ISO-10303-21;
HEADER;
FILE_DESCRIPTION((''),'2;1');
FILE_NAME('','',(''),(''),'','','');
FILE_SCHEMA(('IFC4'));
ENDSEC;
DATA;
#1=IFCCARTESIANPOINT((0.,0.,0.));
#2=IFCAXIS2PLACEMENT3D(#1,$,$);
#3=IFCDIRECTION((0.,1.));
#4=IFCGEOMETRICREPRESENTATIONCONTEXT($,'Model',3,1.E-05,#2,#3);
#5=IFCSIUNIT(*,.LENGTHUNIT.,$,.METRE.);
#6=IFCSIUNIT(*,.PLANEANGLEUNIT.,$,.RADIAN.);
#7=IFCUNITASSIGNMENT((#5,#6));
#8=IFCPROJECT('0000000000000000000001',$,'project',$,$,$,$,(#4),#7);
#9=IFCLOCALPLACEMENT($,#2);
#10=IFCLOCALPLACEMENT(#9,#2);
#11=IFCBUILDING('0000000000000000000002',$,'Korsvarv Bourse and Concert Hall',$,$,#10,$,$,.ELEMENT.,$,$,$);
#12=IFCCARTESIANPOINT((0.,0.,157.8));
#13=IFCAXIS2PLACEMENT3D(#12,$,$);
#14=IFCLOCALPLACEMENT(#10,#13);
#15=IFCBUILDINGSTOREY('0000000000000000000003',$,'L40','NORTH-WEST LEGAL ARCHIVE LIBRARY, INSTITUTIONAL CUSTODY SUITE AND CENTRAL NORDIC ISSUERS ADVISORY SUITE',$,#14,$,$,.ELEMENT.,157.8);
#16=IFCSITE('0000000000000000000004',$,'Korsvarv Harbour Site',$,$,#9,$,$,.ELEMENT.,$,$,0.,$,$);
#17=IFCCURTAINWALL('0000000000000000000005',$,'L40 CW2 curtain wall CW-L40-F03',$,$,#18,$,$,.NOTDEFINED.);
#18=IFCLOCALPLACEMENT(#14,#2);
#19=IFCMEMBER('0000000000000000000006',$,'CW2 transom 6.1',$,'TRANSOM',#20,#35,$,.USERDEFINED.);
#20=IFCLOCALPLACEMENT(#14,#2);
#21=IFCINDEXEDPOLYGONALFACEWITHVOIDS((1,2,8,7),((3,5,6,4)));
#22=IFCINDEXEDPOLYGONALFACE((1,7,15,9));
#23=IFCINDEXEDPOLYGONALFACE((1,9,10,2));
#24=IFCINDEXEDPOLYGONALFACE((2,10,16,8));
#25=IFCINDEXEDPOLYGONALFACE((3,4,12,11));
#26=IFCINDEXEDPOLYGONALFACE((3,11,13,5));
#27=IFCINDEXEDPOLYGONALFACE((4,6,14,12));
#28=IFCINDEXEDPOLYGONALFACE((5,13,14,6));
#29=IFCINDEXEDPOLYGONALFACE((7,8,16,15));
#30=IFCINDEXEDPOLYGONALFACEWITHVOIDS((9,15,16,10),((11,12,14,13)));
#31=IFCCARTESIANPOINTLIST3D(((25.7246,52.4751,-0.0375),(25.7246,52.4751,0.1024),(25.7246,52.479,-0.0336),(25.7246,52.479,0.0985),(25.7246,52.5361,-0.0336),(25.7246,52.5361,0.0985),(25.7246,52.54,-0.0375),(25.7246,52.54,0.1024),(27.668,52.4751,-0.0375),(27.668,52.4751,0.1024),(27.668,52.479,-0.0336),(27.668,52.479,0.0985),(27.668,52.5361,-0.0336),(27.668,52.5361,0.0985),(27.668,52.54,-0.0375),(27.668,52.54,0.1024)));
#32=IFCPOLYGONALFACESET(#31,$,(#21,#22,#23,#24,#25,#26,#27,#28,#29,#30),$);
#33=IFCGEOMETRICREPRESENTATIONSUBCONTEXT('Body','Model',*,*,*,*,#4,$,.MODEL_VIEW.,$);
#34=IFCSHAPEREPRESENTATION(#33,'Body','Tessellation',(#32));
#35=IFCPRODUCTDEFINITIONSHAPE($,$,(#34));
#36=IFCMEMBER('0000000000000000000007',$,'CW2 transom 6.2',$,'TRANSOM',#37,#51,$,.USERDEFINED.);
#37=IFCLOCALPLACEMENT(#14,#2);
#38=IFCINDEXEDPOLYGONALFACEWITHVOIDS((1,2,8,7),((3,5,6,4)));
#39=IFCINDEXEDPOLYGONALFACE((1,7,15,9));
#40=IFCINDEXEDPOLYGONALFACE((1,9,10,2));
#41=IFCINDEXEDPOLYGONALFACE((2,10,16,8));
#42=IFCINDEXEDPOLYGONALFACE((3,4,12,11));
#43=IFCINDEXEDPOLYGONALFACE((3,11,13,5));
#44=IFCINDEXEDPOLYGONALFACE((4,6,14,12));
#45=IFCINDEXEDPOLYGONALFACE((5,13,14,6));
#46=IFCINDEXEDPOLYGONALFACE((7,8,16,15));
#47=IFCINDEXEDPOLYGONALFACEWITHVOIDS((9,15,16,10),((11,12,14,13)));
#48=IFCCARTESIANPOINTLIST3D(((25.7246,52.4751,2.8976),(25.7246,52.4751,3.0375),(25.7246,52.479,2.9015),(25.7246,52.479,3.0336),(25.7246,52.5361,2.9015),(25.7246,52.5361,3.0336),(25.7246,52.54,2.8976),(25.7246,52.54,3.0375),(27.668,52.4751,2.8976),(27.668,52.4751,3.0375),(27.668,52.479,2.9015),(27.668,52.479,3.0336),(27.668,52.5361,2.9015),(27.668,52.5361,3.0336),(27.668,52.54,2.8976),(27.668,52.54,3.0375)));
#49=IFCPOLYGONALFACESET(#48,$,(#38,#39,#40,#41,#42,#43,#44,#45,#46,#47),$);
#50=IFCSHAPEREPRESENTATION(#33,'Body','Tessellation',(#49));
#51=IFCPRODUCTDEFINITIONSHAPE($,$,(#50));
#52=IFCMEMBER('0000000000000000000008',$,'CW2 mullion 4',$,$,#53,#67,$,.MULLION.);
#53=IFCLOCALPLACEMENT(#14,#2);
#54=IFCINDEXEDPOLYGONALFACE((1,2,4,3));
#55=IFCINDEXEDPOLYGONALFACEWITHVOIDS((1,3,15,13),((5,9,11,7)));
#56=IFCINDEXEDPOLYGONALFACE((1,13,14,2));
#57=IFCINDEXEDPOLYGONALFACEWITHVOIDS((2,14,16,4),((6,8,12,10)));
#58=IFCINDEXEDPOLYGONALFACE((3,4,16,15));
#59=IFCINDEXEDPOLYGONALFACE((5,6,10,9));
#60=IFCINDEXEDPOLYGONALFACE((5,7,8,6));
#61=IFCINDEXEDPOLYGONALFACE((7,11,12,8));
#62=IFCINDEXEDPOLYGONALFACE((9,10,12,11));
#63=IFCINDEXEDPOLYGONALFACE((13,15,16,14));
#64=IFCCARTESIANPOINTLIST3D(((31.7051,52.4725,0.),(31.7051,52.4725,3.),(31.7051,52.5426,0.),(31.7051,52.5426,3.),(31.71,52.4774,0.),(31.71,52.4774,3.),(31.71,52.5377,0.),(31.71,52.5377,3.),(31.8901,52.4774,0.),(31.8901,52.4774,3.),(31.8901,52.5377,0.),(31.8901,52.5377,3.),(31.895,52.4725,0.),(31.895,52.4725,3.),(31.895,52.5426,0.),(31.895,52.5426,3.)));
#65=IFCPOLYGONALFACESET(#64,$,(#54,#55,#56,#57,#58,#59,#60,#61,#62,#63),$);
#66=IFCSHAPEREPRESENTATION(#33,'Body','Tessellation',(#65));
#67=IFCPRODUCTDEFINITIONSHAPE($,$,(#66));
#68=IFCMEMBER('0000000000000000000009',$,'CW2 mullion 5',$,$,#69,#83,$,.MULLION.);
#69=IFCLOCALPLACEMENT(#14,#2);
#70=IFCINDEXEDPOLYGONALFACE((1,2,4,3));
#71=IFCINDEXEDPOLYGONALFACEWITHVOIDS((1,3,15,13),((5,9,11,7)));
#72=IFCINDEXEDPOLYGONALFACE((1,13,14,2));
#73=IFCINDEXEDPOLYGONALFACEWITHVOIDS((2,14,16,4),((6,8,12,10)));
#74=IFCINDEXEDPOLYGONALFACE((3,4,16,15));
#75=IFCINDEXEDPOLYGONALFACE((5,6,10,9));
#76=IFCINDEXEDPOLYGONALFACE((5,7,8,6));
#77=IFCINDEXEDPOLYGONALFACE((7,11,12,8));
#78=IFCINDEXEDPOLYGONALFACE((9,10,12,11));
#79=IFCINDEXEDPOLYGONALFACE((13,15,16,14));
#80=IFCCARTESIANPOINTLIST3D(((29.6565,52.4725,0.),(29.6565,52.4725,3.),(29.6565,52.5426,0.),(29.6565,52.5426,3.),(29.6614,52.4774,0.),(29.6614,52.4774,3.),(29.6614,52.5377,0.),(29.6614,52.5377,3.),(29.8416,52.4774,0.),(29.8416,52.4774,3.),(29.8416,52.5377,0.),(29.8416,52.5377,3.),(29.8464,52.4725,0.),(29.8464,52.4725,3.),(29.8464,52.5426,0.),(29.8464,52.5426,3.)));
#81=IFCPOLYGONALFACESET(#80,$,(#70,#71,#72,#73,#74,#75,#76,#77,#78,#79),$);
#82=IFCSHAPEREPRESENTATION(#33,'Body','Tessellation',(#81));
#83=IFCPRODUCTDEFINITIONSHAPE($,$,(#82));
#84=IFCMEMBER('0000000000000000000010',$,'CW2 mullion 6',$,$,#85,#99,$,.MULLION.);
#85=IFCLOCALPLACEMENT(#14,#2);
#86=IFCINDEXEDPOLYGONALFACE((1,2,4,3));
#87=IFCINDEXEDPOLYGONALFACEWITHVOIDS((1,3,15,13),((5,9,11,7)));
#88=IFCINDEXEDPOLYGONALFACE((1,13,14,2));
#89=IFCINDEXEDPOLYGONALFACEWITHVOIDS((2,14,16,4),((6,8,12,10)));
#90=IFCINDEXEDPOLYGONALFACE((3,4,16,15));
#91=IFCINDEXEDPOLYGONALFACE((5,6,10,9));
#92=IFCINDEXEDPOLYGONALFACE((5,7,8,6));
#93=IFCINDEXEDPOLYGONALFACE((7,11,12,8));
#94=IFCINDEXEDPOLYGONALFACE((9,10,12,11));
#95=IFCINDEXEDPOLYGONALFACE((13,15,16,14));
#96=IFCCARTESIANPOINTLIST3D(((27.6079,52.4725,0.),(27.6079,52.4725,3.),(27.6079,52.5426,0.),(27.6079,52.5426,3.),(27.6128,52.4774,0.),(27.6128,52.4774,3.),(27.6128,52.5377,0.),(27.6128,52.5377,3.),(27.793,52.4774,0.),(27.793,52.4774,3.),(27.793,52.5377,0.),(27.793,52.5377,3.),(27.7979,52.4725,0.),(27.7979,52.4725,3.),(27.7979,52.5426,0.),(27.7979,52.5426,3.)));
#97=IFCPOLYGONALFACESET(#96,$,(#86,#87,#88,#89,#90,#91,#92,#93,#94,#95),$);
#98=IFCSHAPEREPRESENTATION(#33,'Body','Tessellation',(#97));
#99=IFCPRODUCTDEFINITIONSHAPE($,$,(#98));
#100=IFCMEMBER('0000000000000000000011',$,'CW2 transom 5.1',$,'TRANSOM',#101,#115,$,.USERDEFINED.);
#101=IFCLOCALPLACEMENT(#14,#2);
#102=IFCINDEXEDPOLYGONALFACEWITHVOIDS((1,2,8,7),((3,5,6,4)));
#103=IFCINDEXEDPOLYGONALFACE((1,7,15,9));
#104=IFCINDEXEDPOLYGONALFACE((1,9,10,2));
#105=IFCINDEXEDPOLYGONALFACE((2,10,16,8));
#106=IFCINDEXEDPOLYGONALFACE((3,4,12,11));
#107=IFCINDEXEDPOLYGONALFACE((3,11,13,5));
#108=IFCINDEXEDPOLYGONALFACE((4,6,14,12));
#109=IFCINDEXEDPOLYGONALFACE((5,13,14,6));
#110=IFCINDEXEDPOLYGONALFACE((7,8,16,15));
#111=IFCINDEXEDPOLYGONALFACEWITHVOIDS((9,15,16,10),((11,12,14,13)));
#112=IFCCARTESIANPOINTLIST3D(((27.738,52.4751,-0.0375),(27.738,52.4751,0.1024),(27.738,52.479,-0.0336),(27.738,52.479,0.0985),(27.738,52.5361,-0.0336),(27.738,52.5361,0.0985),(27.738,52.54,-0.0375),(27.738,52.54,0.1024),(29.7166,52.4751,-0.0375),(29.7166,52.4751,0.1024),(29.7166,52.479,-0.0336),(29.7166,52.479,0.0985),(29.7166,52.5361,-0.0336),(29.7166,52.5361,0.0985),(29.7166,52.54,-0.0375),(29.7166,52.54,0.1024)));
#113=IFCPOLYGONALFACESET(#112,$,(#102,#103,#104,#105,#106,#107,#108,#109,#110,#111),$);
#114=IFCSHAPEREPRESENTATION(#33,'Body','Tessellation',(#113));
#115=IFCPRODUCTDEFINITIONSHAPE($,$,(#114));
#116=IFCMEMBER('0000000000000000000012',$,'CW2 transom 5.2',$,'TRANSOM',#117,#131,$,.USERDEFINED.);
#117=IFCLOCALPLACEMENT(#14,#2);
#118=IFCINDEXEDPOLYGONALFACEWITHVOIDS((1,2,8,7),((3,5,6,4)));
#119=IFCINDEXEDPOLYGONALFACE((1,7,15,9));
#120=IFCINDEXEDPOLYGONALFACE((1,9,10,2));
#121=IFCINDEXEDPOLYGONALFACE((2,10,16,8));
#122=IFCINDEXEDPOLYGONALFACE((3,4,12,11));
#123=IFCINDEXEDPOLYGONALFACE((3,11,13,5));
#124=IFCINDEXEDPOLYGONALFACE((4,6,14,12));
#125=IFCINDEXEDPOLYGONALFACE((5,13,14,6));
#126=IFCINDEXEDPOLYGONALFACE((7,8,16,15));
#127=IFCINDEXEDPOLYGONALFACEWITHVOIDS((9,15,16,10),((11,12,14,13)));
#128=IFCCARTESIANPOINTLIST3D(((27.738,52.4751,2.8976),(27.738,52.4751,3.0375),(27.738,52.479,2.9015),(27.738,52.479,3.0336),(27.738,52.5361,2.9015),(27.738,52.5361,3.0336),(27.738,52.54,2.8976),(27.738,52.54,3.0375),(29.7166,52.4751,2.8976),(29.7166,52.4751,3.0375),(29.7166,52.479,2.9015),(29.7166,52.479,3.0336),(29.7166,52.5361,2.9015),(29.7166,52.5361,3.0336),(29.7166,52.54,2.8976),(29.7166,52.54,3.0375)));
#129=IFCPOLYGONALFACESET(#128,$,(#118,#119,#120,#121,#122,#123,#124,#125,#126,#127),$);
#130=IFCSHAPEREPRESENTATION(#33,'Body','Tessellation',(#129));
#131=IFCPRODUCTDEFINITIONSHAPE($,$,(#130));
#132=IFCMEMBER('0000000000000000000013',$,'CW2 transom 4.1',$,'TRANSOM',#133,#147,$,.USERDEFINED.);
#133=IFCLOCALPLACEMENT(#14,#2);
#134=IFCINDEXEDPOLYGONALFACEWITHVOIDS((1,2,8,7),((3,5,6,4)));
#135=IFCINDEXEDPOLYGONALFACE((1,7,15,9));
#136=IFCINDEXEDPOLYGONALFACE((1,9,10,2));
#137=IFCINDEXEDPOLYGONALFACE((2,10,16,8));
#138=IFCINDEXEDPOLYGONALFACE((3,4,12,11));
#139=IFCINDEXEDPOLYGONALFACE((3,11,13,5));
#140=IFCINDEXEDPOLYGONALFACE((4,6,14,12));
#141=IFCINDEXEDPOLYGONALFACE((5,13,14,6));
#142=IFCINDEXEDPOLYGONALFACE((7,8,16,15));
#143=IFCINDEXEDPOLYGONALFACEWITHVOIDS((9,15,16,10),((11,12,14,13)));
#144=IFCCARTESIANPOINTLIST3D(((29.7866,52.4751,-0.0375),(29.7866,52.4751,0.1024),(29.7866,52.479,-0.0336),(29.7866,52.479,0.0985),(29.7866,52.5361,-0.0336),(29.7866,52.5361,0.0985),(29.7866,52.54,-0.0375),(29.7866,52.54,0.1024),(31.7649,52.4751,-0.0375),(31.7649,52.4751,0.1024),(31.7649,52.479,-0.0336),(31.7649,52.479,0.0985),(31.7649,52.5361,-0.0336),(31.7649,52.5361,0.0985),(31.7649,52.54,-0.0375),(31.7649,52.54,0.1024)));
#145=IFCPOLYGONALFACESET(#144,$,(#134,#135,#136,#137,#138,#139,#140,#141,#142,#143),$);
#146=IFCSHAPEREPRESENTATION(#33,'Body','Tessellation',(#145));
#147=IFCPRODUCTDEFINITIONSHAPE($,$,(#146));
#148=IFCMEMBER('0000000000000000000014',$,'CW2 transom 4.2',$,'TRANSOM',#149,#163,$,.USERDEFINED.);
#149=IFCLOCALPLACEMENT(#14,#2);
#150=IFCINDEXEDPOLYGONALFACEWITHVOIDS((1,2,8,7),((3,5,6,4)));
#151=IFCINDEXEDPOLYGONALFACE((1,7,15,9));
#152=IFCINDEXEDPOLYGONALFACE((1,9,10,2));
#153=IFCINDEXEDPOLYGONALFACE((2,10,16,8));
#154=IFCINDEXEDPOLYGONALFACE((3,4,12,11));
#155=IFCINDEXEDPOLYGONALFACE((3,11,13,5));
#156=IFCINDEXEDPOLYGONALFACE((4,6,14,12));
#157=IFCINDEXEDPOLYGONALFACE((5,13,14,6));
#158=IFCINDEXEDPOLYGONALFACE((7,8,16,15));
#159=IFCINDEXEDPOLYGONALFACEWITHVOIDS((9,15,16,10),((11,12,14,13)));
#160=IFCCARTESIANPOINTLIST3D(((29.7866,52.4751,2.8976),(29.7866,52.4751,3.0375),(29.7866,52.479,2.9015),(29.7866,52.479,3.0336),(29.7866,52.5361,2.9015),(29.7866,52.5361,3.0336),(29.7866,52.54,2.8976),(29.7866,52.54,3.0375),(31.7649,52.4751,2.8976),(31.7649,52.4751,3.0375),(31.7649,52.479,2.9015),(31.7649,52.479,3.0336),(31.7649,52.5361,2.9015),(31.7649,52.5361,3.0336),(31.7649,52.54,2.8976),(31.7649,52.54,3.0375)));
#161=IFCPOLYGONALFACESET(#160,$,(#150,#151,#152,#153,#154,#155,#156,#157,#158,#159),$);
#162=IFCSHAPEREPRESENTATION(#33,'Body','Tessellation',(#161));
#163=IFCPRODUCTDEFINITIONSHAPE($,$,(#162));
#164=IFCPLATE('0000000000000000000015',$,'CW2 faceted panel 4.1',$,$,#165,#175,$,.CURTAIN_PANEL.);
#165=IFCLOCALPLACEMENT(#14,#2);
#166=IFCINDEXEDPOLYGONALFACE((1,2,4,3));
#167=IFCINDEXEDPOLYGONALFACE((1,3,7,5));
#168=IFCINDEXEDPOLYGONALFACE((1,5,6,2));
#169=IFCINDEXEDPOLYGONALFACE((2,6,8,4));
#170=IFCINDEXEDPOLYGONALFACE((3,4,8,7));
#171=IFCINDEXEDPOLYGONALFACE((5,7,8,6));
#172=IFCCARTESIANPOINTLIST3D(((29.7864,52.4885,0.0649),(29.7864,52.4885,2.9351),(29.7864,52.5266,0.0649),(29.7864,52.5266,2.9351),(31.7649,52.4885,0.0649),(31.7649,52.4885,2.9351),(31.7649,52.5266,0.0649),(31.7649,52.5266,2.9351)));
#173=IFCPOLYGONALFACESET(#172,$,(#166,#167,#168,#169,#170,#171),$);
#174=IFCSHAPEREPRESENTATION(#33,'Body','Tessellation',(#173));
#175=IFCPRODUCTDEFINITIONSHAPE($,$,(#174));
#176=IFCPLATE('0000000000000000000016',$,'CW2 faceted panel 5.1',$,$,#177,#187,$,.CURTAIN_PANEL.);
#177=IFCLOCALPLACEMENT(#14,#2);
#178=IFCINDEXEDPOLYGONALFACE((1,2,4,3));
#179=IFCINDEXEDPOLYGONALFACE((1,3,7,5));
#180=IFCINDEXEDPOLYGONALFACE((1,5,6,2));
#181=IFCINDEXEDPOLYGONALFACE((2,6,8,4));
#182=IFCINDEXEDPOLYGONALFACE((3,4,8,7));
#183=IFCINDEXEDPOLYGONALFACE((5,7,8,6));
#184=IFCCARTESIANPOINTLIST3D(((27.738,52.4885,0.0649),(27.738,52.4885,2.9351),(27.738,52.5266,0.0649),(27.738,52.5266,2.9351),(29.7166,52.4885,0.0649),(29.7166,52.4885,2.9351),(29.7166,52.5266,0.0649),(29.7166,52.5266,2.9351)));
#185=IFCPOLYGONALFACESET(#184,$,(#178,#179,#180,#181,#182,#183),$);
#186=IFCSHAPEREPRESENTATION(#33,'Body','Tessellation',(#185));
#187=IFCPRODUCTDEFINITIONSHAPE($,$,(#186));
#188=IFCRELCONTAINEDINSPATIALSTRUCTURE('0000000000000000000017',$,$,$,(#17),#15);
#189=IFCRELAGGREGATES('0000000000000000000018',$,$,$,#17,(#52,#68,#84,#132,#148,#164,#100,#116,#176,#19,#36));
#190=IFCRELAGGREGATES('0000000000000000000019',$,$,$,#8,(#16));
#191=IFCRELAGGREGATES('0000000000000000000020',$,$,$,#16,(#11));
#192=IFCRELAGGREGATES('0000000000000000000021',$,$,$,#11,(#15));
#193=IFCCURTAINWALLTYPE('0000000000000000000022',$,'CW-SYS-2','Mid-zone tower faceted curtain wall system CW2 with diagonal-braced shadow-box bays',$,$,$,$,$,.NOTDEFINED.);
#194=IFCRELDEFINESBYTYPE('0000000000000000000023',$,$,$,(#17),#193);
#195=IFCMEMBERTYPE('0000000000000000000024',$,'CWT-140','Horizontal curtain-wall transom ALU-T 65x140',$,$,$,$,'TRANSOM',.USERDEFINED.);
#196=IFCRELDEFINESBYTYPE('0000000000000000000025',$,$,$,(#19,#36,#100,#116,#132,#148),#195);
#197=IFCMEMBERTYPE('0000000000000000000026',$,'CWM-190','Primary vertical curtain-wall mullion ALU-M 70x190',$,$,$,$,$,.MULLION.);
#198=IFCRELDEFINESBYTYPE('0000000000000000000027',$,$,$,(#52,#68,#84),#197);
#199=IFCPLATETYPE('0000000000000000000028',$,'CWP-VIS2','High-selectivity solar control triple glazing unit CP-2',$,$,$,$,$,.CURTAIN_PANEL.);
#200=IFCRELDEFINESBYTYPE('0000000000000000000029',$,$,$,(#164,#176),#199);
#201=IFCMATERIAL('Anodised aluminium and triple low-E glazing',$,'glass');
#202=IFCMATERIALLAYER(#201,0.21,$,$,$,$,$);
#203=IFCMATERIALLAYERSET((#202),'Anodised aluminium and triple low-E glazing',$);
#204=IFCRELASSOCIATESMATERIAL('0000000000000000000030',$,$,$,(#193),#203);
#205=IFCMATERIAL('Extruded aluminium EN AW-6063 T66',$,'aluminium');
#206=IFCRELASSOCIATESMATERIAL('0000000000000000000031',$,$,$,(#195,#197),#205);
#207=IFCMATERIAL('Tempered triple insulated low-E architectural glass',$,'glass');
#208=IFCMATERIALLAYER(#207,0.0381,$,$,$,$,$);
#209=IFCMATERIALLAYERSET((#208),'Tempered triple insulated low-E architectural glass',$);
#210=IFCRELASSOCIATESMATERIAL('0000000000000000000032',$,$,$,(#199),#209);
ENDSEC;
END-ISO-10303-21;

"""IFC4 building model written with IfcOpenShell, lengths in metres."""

from ifc_helpers import new_model, si_unit, direction, frame, origin, origin_2d, place, context, subcontext, project, spatial, rectangle, hollow_rectangle, extrude, source, transform, mapped, material, layer, layer_set, material_profile, profile_set, type_object, element, aggregate, save


model = new_model("IFC4")

# Units and contexts
model_context = context("Model", 3, precision=1e-05, world=origin(), true_north=direction((0.0, 1.0)))
body_context = subcontext(model_context, "Body", "Model", "MODEL_VIEW")
ifc_project = project(units=[si_unit("LENGTHUNIT", "METRE"), si_unit("PLANEANGLEUNIT", "RADIAN")], contexts=[model_context])

# Site, building, storey
site_placement = place(None, origin())
site = spatial("IfcSite", under=ifc_project, at=site_placement, Name="Korsvarv Harbour Site", CompositionType="ELEMENT", RefElevation=0.0)
building_placement = place(site_placement, origin())
building = spatial("IfcBuilding", under=site, at=building_placement, Name="Korsvarv Bourse and Concert Hall", CompositionType="ELEMENT")
storey_placement = place(building_placement, frame((0.0, 0.0, 157.8)))
storey = spatial("IfcBuildingStorey", under=building, at=storey_placement, Name="L40", Description="NORTH-WEST LEGAL ARCHIVE LIBRARY, INSTITUTIONAL CUSTODY SUITE AND CENTRAL NORDIC ISSUERS ADVISORY SUITE", CompositionType="ELEMENT", Elevation=157.8)

# Curtain wall, members, plates
ifc_material_1 = material(Name="Anodised aluminium and triple low-E glazing", Category="glass")
ifc_layer_1 = layer(ifc_material_1, 0.21)
ifc_layer_set_1 = layer_set([ifc_layer_1], Name="Anodised aluminium and triple low-E glazing")
curtain_wall_type = type_object("IfcCurtainWallType", Name="CW-SYS-2", Description="Mid-zone tower faceted curtain wall system CW2 with diagonal-braced shadow-box bays", PredefinedType="NOTDEFINED", material=ifc_layer_set_1)
curtain_wall_placement = place(storey_placement, origin())
curtain_wall = element("IfcCurtainWall", 1, at=curtain_wall_placement, inside=storey, type_object=curtain_wall_type, Name="L40 CW2 curtain wall CW-L40-F03", PredefinedType="NOTDEFINED")
ifc_material_2 = material(Name="Extruded aluminium EN AW-6063 T66", Category="aluminium")
ifc_material_profile_1 = material_profile(ifc_material_2, hollow_rectangle(XDim=0.0649, YDim=0.1399, WallThickness=0.0039, at=origin_2d()), Name="ALU-T 65x140")
ifc_profile_set_1 = profile_set([ifc_material_profile_1], Name="Extruded aluminium EN AW-6063 T66")
member_type_1 = type_object("IfcMemberType", Name="CWT-140", Description="Horizontal curtain-wall transom ALU-T 65x140", ElementType="TRANSOM", PredefinedType="USERDEFINED", material=ifc_profile_set_1)
shared_shape_1 = source(origin(), body_context, "Body", "SweptSolid", [
    extrude(hollow_rectangle(XDim=0.0649, YDim=0.1399, WallThickness=0.0039, at=origin_2d()), origin(), (0.0, 0.0, 1.0), 1.9434),
])
member_1_placement = place(storey_placement, frame((27.668, 52.5076, 0.0325), z_axis=(-1.0, 0.0, 0.0), x_axis=(0.0, -1.0, 0.0)))
member_1 = element("IfcMember", 2, at=member_1_placement, type_object=member_type_1, Name="CW2 transom 6.1", ObjectType="TRANSOM", PredefinedType="USERDEFINED", context=body_context, shape_type="MappedRepresentation", body=[
    mapped(shared_shape_1, transform((0.0, 0.0, 0.0), scale=1.0)),
])
member_2_placement = place(storey_placement, frame((27.668, 52.5076, 2.9675), z_axis=(-1.0, 0.0, 0.0), x_axis=(0.0, -1.0, 0.0)))
member_2 = element("IfcMember", 3, at=member_2_placement, type_object=member_type_1, Name="CW2 transom 6.2", ObjectType="TRANSOM", PredefinedType="USERDEFINED", context=body_context, shape_type="MappedRepresentation", body=[
    mapped(shared_shape_1, transform((0.0, 0.0, 0.0), scale=1.0)),
])
ifc_material_profile_2 = material_profile(ifc_material_2, hollow_rectangle(XDim=0.0701, YDim=0.1899, WallThickness=0.0049, at=origin_2d()), Name="ALU-M 70x190")
ifc_profile_set_2 = profile_set([ifc_material_profile_2], Name="Extruded aluminium EN AW-6063 T66")
member_type_2 = type_object("IfcMemberType", Name="CWM-190", Description="Primary vertical curtain-wall mullion ALU-M 70x190", PredefinedType="MULLION", material=ifc_profile_set_2)
shared_shape_2 = source(origin(), body_context, "Body", "SweptSolid", [
    extrude(hollow_rectangle(XDim=0.0701, YDim=0.1899, WallThickness=0.0049, at=origin_2d()), origin(), (0.0, 0.0, 1.0), 3.0),
])
member_3_placement = place(storey_placement, frame((31.8, 52.5076, 0.0), z_axis=(0.0, 0.0, 1.0), x_axis=(0.0, -1.0, 0.0)))
member_3 = element("IfcMember", 4, at=member_3_placement, type_object=member_type_2, Name="CW2 mullion 4", PredefinedType="MULLION", context=body_context, shape_type="MappedRepresentation", body=[
    mapped(shared_shape_2, transform((0.0, 0.0, 0.0), scale=1.0)),
])
member_4_placement = place(storey_placement, frame((29.7515, 52.5076, 0.0), z_axis=(0.0, 0.0, 1.0), x_axis=(0.0, -1.0, 0.0)))
member_4 = element("IfcMember", 5, at=member_4_placement, type_object=member_type_2, Name="CW2 mullion 5", PredefinedType="MULLION", context=body_context, shape_type="MappedRepresentation", body=[
    mapped(shared_shape_2, transform((0.0, 0.0, 0.0), scale=1.0)),
])
member_5_placement = place(storey_placement, frame((27.7029, 52.5076, 0.0), z_axis=(0.0, 0.0, 1.0), x_axis=(0.0, -1.0, 0.0)))
member_5 = element("IfcMember", 6, at=member_5_placement, type_object=member_type_2, Name="CW2 mullion 6", PredefinedType="MULLION", context=body_context, shape_type="MappedRepresentation", body=[
    mapped(shared_shape_2, transform((0.0, 0.0, 0.0), scale=1.0)),
])
shared_shape_3 = source(origin(), body_context, "Body", "SweptSolid", [
    extrude(hollow_rectangle(XDim=0.0649, YDim=0.1399, WallThickness=0.0039, at=origin_2d()), origin(), (0.0, 0.0, 1.0), 1.9785),
])
member_6_placement = place(storey_placement, frame((29.7166, 52.5076, 0.0325), z_axis=(-1.0, 0.0, 0.0), x_axis=(0.0, -1.0, 0.0)))
member_6 = element("IfcMember", 7, at=member_6_placement, type_object=member_type_1, Name="CW2 transom 5.1", ObjectType="TRANSOM", PredefinedType="USERDEFINED", context=body_context, shape_type="MappedRepresentation", body=[
    mapped(shared_shape_3, transform((0.0, 0.0, 0.0), scale=1.0)),
])
member_7_placement = place(storey_placement, frame((29.7166, 52.5076, 2.9675), z_axis=(-1.0, 0.0, 0.0), x_axis=(0.0, -1.0, 0.0)))
member_7 = element("IfcMember", 8, at=member_7_placement, type_object=member_type_1, Name="CW2 transom 5.2", ObjectType="TRANSOM", PredefinedType="USERDEFINED", context=body_context, shape_type="MappedRepresentation", body=[
    mapped(shared_shape_3, transform((0.0, 0.0, 0.0), scale=1.0)),
])
shared_shape_4 = source(origin(), body_context, "Body", "SweptSolid", [
    extrude(hollow_rectangle(XDim=0.0649, YDim=0.1399, WallThickness=0.0039, at=origin_2d()), origin(), (0.0, 0.0, 1.0), 1.9783),
])
member_8_placement = place(storey_placement, frame((31.7649, 52.5076, 0.0325), z_axis=(-1.0, 0.0, 0.0), x_axis=(0.0, -1.0, 0.0)))
member_8 = element("IfcMember", 9, at=member_8_placement, type_object=member_type_1, Name="CW2 transom 4.1", ObjectType="TRANSOM", PredefinedType="USERDEFINED", context=body_context, shape_type="MappedRepresentation", body=[
    mapped(shared_shape_4, transform((0.0, 0.0, 0.0), scale=1.0)),
])
member_9_placement = place(storey_placement, frame((31.7649, 52.5076, 2.9675), z_axis=(-1.0, 0.0, 0.0), x_axis=(0.0, -1.0, 0.0)))
member_9 = element("IfcMember", 10, at=member_9_placement, type_object=member_type_1, Name="CW2 transom 4.2", ObjectType="TRANSOM", PredefinedType="USERDEFINED", context=body_context, shape_type="MappedRepresentation", body=[
    mapped(shared_shape_4, transform((0.0, 0.0, 0.0), scale=1.0)),
])
ifc_material_3 = material(Name="Tempered triple insulated low-E architectural glass", Category="glass")
ifc_layer_2 = layer(ifc_material_3, 0.0381)
ifc_layer_set_2 = layer_set([ifc_layer_2], Name="Tempered triple insulated low-E architectural glass")
plate_type = type_object("IfcPlateType", Name="CWP-VIS2", Description="High-selectivity solar control triple glazing unit CP-2", PredefinedType="CURTAIN_PANEL", material=ifc_layer_set_2)
shared_shape_5 = source(origin(), body_context, "Body", "SweptSolid", [
    extrude(rectangle(XDim=1.9785, YDim=0.0381, at=origin_2d()), origin(), (0.0, 0.0, 1.0), 2.8701),
])
plate_1_placement = place(storey_placement, frame((30.7756, 52.5076, 0.0649), z_axis=(0.0, 0.0, 1.0), x_axis=(-1.0, 0.0, 0.0)))
plate_1 = element("IfcPlate", 11, at=plate_1_placement, type_object=plate_type, Name="CW2 faceted panel 4.1", PredefinedType="CURTAIN_PANEL", context=body_context, shape_type="MappedRepresentation", body=[
    mapped(shared_shape_5, transform((0.0, 0.0, 0.0), scale=1.0)),
])
plate_2_placement = place(storey_placement, frame((28.7273, 52.5076, 0.0649), z_axis=(0.0, 0.0, 1.0), x_axis=(-1.0, 0.0, 0.0)))
plate_2 = element("IfcPlate", 12, at=plate_2_placement, type_object=plate_type, Name="CW2 faceted panel 5.1", PredefinedType="CURTAIN_PANEL", context=body_context, shape_type="MappedRepresentation", body=[
    mapped(shared_shape_5, transform((0.0, 0.0, 0.0), scale=1.0)),
])
aggregate(curtain_wall, [member_3, member_4, member_5, member_8, member_9, plate_1, member_6, member_7, plate_2, member_1, member_2])

save(model, "model.ifc")
